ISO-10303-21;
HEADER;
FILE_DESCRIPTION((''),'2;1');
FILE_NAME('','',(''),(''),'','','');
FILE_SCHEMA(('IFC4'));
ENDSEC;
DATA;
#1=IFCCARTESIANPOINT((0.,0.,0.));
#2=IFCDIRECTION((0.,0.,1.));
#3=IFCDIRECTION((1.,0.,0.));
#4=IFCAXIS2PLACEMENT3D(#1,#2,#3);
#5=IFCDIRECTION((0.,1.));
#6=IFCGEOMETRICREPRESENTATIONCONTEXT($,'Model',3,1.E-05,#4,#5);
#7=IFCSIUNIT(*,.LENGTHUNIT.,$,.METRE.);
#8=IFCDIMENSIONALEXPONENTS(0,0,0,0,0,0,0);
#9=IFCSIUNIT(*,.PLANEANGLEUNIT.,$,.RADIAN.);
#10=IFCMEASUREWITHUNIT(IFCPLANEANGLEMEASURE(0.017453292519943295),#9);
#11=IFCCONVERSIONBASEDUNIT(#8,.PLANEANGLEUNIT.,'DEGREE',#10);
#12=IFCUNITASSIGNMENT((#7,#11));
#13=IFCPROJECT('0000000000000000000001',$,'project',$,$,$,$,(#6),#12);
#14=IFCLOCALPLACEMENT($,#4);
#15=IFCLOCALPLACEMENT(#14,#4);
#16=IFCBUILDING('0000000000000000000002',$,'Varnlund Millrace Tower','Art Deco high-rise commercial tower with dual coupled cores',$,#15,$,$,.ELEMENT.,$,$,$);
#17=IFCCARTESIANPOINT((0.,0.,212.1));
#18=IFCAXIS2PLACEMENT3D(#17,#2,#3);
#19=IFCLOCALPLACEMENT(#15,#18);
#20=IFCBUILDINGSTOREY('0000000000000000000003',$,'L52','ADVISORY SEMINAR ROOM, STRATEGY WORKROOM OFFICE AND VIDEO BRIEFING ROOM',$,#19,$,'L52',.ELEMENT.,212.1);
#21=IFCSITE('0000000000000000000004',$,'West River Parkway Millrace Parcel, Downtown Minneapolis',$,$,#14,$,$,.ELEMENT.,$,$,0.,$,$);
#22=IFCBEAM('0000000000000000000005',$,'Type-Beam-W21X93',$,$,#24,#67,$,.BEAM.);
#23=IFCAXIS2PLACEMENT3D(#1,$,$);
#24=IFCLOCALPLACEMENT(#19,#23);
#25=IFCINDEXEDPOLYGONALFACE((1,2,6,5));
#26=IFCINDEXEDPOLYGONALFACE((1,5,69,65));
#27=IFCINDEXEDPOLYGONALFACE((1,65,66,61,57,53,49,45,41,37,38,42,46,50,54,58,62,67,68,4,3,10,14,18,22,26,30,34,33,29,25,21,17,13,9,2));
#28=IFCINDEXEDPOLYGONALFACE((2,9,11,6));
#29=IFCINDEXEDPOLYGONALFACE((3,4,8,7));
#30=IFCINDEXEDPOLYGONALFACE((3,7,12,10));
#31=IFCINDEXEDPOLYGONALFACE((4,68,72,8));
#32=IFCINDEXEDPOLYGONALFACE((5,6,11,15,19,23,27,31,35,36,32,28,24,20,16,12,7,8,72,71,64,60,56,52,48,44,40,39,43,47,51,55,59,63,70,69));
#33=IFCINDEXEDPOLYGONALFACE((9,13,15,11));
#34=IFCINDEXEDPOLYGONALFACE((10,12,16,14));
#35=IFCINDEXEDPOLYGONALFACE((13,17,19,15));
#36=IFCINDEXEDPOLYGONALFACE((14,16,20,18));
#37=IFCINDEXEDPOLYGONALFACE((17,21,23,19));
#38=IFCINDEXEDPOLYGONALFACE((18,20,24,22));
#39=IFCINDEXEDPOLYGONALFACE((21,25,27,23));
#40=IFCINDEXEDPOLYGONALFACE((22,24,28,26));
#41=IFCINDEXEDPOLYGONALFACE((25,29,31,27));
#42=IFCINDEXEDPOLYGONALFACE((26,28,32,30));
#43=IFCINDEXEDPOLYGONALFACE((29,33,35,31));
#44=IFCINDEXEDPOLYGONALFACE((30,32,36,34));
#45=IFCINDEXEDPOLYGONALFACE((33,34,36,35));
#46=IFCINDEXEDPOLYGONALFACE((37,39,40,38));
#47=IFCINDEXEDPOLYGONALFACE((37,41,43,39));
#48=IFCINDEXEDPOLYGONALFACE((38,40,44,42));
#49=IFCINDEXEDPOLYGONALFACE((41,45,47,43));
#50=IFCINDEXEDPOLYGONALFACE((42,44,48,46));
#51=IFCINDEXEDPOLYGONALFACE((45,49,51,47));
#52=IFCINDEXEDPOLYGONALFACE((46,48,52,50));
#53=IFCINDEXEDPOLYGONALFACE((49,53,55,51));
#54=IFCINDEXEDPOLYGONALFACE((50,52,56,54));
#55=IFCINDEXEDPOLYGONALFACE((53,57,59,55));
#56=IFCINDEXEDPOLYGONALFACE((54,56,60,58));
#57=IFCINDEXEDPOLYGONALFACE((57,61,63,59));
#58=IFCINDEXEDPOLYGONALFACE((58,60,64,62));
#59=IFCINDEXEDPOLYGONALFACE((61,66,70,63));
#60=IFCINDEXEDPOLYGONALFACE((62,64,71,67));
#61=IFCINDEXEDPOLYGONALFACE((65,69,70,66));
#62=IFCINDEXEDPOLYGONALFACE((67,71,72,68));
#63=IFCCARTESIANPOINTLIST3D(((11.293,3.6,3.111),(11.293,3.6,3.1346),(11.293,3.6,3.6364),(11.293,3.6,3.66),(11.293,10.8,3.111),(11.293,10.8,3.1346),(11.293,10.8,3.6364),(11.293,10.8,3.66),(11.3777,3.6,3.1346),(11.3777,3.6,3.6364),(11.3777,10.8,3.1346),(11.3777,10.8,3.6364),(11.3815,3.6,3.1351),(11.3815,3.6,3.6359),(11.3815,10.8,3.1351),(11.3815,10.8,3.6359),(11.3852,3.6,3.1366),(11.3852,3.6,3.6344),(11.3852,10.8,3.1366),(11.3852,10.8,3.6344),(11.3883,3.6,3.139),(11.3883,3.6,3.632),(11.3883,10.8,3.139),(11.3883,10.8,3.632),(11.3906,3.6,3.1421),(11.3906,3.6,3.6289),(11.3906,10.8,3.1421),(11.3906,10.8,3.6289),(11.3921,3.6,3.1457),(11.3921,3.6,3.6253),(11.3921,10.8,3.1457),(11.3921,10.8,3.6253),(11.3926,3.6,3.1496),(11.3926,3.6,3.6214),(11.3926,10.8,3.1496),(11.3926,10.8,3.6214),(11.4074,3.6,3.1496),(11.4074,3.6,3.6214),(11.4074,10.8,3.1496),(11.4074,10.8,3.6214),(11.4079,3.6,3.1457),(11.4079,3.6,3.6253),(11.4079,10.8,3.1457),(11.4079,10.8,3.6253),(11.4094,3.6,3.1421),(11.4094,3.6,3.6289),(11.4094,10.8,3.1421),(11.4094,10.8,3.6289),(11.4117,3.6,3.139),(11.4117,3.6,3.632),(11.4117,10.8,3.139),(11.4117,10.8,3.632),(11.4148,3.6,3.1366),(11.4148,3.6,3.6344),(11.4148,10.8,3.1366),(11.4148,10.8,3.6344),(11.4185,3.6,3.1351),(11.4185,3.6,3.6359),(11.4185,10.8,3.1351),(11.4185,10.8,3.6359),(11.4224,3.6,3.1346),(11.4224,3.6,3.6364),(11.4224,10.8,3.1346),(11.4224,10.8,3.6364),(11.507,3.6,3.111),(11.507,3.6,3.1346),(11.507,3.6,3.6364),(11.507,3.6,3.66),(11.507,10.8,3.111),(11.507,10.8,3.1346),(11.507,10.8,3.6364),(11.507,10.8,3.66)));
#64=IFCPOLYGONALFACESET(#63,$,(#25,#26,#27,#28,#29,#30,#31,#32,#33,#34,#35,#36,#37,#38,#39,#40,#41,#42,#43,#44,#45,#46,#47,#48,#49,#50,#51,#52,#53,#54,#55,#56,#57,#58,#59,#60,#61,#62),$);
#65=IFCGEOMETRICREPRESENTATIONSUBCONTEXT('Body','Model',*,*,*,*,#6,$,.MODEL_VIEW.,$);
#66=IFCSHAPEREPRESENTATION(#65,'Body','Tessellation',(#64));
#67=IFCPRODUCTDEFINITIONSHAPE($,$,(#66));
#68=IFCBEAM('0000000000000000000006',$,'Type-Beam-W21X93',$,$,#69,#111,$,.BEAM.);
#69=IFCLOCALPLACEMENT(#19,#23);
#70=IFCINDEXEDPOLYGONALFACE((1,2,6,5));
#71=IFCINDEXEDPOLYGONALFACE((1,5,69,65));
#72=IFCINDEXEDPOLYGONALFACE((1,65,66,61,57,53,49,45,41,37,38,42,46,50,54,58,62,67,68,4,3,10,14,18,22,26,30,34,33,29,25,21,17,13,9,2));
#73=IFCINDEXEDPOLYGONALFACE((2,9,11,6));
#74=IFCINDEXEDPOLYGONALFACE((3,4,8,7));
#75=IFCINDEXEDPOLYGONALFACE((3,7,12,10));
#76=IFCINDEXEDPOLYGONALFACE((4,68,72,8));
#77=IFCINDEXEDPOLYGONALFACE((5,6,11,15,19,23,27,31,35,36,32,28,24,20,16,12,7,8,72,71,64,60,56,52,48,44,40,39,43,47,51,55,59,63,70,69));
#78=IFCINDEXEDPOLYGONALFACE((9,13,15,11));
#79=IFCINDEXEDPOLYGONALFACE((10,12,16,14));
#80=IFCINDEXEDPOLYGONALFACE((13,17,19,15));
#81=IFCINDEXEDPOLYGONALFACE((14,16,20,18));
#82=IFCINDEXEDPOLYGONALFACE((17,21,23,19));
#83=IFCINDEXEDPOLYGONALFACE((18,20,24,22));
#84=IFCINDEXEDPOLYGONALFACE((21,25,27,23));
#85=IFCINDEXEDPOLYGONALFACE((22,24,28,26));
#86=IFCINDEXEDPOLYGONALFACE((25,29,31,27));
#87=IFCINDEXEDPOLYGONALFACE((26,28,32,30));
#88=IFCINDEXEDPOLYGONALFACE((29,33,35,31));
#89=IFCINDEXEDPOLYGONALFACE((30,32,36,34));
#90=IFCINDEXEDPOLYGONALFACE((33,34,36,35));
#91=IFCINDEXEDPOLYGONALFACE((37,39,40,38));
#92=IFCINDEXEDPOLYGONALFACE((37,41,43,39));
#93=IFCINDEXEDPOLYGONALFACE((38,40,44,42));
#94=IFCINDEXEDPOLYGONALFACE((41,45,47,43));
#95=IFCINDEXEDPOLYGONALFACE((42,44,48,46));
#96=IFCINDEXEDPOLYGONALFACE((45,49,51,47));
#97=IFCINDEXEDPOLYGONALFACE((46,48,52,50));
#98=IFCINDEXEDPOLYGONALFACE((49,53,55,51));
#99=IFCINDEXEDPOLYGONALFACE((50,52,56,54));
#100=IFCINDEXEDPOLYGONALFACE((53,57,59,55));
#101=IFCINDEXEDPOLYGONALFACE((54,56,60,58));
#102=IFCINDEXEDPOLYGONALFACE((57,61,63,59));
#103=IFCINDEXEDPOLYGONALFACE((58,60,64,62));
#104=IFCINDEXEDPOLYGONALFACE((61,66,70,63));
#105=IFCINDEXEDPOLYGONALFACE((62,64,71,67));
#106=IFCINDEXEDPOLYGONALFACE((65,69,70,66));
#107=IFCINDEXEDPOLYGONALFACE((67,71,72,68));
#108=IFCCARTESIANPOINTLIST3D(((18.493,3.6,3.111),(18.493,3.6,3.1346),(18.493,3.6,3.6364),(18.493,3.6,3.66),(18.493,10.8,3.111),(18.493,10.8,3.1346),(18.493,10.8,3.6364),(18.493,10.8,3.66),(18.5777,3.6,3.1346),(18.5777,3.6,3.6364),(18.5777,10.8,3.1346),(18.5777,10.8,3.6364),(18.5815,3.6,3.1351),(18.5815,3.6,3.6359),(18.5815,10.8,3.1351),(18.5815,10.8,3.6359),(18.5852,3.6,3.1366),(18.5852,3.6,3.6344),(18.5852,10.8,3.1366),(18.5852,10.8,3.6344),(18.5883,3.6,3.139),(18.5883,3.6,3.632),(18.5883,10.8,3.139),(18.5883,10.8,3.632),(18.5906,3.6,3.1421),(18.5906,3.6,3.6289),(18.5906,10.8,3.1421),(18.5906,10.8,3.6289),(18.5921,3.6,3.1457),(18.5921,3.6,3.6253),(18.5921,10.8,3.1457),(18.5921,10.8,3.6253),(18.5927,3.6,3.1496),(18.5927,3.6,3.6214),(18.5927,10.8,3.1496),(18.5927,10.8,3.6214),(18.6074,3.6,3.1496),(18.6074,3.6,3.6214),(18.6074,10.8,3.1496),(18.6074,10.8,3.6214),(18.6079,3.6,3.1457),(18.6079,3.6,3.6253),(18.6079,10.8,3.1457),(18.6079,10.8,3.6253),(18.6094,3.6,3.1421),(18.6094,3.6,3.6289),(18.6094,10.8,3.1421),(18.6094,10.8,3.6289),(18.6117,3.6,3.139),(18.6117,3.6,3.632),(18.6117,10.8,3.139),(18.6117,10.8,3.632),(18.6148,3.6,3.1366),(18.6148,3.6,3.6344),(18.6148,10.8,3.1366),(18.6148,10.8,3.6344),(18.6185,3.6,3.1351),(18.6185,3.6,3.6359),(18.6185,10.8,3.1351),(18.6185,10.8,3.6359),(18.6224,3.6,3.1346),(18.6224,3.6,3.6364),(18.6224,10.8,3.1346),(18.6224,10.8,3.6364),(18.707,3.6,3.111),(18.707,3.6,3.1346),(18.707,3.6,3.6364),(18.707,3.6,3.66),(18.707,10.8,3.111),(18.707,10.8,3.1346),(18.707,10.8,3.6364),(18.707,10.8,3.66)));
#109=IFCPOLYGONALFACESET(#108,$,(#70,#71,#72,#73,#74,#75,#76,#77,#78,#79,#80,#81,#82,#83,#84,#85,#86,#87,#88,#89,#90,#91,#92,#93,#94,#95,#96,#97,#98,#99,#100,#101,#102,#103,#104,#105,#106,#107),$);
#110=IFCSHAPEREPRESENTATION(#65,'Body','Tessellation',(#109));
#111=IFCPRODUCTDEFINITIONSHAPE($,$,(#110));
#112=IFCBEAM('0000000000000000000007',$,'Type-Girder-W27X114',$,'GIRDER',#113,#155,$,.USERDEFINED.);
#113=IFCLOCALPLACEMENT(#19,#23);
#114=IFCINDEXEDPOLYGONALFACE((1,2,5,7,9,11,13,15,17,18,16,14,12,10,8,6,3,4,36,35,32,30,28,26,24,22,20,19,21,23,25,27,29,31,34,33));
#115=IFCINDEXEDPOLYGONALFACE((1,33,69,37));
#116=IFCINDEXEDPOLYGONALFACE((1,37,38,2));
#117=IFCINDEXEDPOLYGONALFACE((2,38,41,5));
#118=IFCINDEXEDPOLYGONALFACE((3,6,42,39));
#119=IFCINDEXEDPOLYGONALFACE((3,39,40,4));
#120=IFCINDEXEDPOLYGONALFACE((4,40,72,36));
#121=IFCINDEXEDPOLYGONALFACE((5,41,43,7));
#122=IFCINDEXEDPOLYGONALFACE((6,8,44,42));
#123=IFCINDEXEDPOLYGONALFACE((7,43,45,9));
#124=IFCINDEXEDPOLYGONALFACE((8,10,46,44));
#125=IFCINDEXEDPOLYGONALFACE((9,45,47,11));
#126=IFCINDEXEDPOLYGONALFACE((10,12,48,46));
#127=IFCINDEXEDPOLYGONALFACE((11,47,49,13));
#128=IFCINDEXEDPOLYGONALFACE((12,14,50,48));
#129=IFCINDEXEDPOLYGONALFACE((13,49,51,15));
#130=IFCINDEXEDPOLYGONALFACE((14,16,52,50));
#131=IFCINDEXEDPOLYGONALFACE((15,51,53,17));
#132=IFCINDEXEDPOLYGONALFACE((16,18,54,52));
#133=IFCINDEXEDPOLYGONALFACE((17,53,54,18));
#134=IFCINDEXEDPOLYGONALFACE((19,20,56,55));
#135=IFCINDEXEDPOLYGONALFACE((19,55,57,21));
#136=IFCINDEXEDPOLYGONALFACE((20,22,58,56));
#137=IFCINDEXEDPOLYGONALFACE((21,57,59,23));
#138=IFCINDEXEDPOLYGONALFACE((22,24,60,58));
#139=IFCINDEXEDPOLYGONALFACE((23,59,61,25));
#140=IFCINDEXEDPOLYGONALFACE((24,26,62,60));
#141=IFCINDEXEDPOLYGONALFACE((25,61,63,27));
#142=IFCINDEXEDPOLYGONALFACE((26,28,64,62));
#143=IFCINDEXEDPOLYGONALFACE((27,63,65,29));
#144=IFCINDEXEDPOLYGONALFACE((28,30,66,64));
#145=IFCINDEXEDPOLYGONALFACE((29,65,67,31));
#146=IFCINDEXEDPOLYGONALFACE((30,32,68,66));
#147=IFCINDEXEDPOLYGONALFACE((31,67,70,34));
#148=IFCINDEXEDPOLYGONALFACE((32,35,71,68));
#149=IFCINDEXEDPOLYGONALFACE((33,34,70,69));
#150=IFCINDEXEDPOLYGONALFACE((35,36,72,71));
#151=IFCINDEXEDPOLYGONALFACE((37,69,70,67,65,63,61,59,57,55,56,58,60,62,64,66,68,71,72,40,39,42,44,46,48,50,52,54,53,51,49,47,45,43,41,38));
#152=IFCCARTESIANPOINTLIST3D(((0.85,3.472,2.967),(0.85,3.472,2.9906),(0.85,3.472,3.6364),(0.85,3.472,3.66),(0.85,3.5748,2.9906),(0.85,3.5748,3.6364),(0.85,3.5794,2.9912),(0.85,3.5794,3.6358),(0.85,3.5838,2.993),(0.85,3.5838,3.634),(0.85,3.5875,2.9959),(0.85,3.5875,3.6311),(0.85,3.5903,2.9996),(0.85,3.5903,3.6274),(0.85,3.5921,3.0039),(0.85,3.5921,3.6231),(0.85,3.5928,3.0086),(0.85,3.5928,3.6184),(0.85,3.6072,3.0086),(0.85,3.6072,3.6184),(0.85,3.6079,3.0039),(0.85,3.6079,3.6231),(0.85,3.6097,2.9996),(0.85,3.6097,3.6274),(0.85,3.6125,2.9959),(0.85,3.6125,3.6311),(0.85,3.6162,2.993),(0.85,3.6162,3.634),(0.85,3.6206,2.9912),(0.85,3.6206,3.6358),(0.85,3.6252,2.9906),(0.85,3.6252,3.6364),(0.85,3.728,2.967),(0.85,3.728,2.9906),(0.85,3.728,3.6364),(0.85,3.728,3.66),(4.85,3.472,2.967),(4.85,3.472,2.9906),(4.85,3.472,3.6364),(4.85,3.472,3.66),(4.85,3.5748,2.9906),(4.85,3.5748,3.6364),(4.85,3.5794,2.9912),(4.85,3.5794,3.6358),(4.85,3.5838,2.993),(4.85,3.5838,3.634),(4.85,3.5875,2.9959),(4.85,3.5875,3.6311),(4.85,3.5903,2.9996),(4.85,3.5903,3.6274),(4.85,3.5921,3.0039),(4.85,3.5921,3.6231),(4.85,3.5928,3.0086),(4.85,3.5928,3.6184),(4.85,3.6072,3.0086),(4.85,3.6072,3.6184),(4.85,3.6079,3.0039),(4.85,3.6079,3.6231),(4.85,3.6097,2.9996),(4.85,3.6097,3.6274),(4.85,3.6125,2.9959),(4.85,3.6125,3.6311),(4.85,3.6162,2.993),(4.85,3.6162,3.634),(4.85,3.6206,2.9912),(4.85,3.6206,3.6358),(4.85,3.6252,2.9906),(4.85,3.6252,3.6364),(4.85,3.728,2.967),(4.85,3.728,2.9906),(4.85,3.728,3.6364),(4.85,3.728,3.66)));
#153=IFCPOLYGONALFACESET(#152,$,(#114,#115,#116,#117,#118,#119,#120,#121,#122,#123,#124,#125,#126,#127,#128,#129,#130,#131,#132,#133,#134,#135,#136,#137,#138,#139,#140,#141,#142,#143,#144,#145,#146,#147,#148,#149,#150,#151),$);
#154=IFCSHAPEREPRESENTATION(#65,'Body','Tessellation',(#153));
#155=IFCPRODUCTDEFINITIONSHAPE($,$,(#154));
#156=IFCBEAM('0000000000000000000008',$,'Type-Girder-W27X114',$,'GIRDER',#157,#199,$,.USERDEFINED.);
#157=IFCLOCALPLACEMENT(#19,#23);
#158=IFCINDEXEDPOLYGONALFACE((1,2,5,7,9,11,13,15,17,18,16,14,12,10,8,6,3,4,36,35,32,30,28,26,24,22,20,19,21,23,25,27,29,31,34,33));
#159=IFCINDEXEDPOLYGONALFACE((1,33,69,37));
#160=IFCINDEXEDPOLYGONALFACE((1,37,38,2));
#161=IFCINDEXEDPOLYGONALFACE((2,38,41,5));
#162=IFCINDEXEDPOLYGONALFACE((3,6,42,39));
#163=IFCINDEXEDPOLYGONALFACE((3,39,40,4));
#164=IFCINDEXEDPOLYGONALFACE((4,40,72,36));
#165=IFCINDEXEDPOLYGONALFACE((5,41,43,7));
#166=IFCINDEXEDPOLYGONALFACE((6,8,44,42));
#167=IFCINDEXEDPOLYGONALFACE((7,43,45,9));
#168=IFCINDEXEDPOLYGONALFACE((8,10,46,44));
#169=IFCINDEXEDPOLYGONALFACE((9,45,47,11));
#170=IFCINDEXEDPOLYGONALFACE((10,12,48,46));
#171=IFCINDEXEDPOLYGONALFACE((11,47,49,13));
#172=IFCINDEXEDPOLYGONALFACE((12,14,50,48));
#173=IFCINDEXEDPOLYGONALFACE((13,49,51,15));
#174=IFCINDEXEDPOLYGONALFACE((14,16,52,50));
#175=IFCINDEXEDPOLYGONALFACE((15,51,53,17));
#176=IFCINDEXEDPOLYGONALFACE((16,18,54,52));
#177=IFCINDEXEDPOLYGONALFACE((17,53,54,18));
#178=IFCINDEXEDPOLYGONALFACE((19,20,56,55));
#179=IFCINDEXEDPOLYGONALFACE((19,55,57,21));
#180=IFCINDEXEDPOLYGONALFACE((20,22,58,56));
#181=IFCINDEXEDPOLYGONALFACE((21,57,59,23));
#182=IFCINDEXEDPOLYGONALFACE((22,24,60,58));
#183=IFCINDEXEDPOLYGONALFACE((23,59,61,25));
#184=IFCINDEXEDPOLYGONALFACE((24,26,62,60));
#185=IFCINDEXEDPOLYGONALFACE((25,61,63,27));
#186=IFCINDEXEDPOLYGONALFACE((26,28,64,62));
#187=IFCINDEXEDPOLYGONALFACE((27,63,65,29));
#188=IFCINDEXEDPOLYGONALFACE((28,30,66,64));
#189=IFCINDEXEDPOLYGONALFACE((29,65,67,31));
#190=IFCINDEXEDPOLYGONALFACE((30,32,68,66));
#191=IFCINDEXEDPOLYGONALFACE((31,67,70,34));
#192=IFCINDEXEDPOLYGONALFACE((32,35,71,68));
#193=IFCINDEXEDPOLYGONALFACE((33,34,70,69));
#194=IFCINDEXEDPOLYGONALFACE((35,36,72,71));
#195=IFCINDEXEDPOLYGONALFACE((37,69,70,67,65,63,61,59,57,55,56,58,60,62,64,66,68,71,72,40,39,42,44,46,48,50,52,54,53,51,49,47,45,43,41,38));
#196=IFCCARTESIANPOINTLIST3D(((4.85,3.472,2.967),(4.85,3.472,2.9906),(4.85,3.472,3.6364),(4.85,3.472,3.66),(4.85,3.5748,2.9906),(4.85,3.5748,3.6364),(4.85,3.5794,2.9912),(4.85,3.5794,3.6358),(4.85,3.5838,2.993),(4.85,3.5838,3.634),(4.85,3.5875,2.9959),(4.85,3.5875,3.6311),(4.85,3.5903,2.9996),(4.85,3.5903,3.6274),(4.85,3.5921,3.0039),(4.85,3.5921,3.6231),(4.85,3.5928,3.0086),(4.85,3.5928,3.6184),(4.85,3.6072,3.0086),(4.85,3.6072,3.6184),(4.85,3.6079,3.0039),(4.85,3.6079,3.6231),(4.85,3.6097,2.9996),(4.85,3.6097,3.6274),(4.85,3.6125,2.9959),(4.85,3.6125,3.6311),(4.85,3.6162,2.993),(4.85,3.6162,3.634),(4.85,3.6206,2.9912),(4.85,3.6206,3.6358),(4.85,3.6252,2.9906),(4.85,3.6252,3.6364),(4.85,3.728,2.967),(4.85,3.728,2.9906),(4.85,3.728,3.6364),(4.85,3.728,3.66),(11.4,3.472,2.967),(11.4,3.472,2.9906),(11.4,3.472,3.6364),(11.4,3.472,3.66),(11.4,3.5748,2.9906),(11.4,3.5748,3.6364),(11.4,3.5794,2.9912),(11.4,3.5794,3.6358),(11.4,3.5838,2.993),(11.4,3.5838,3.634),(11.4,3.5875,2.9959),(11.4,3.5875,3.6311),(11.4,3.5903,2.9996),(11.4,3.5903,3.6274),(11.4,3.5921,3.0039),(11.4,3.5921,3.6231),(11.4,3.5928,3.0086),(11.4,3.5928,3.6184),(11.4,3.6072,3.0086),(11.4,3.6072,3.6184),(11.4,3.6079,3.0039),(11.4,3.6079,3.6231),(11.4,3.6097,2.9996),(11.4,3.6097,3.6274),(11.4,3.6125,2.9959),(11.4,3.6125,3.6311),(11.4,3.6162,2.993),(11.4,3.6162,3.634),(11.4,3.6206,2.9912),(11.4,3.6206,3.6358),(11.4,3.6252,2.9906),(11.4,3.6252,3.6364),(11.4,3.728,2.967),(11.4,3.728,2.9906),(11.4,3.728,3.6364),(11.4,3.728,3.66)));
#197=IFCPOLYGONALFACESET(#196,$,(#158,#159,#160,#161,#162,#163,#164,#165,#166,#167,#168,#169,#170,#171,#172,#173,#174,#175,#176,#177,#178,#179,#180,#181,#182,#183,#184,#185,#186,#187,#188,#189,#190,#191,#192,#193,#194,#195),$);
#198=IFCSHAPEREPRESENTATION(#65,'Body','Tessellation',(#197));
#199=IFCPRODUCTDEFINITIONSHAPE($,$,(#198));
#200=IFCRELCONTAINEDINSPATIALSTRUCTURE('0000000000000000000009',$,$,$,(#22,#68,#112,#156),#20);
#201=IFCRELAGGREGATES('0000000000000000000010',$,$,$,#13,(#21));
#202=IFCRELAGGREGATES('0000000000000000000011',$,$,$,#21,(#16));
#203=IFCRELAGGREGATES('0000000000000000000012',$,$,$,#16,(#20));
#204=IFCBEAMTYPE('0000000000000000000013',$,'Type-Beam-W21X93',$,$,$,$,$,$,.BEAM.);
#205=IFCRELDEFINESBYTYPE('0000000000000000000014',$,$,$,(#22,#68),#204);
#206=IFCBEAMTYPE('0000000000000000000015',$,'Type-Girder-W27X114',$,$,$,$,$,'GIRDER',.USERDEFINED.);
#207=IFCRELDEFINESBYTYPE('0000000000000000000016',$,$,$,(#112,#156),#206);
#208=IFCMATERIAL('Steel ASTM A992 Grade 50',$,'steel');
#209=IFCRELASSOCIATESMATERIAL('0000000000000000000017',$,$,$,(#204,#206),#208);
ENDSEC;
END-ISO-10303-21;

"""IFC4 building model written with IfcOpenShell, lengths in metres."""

from ifc_helpers import new_model, entity, si_unit, converted_unit, direction, frame, origin_with_axes, origin_2d_with_axis, place, context, subcontext, project, spatial, i_section, extrude, material, material_profile, profile_set, type_object, element, save


model = new_model("IFC4")

# Units and contexts
model_context = context("Model", 3, precision=1e-05, world=origin_with_axes(), true_north=direction((0.0, 1.0)))
body_context = subcontext(model_context, "Body", "Model", "MODEL_VIEW")
ifc_project = project(units=[si_unit("LENGTHUNIT", "METRE"), converted_unit("PLANEANGLEUNIT", "DEGREE", entity("IfcPlaneAngleMeasure", 0.017453292519943295), si_unit("PLANEANGLEUNIT", "RADIAN"), dimensions=[0, 0, 0, 0, 0, 0, 0])], contexts=[model_context])

# Site, building, storey
site_placement = place(None, origin_with_axes())
site = spatial("IfcSite", under=ifc_project, at=site_placement, Name="West River Parkway Millrace Parcel, Downtown Minneapolis", CompositionType="ELEMENT", RefElevation=0.0)
building_placement = place(site_placement, origin_with_axes())
building = spatial("IfcBuilding", under=site, at=building_placement, Name="Varnlund Millrace Tower", Description="Art Deco high-rise commercial tower with dual coupled cores", CompositionType="ELEMENT")
storey_placement = place(building_placement, frame((0.0, 0.0, 212.1), z_axis=(0.0, 0.0, 1.0), x_axis=(1.0, 0.0, 0.0)))
storey = spatial("IfcBuildingStorey", under=building, at=storey_placement, Name="L52", Description="ADVISORY SEMINAR ROOM, STRATEGY WORKROOM OFFICE AND VIDEO BRIEFING ROOM", LongName="L52", CompositionType="ELEMENT", Elevation=212.1)

# Beams
ifc_material_1 = material(Name="Steel ASTM A992 Grade 50", Category="steel")
ifc_material_profile_1 = material_profile(ifc_material_1, i_section(OverallWidth=0.214, OverallDepth=0.549, WebThickness=0.0147, FlangeThickness=0.0236, FilletRadius=0.015, at=origin_2d_with_axis()), Name="Steel ASTM A992 Grade 50")
ifc_profile_set_1 = profile_set([ifc_material_profile_1], Name="Steel ASTM A992 Grade 50")
beam_type_1 = type_object("IfcBeamType", Name="Type-Beam-W21X93", PredefinedType="BEAM", material=ifc_profile_set_1)
for number, where, z_axis, x_axis, name in (
    (1, (11.4, 3.6, 3.3855), (0.0, 1.0, 0.0), (-1.0, 0.0, 0.0), "Type-Beam-W21X93"),
    (2, (18.6, 3.6, 3.3855), (0.0, 1.0, 0.0), (-1.0, 0.0, 0.0), "Type-Beam-W21X93"),
):
    element("IfcBeam", number, at=place(storey_placement, frame(where, z_axis=z_axis, x_axis=x_axis)), inside=storey, type_object=beam_type_1, Name=name, PredefinedType="BEAM", context=body_context, shape_type="SweptSolid", body=[
        extrude(i_section(OverallWidth=0.214, OverallDepth=0.549, WebThickness=0.0147, FlangeThickness=0.0236, FilletRadius=0.015, at=origin_2d_with_axis()), origin_with_axes(), (0.0, 0.0, 1.0), 7.2),
    ])
ifc_material_profile_2 = material_profile(ifc_material_1, i_section(OverallWidth=0.256, OverallDepth=0.693, WebThickness=0.0145, FlangeThickness=0.0236, FilletRadius=0.018, at=origin_2d_with_axis()), Name="Steel ASTM A992 Grade 50")
ifc_profile_set_2 = profile_set([ifc_material_profile_2], Name="Steel ASTM A992 Grade 50")
beam_type_2 = type_object("IfcBeamType", Name="Type-Girder-W27X114", ElementType="GIRDER", PredefinedType="USERDEFINED", material=ifc_profile_set_2)
beam_1_placement = place(storey_placement, frame((0.85, 3.6, 3.3135), z_axis=(1.0, 0.0, 0.0), x_axis=(0.0, 1.0, 0.0)))
element("IfcBeam", 3, at=beam_1_placement, inside=storey, type_object=beam_type_2, Name="Type-Girder-W27X114", ObjectType="GIRDER", PredefinedType="USERDEFINED", context=body_context, shape_type="SweptSolid", body=[
    extrude(i_section(OverallWidth=0.256, OverallDepth=0.693, WebThickness=0.0145, FlangeThickness=0.0236, FilletRadius=0.018, at=origin_2d_with_axis()), origin_with_axes(), (0.0, 0.0, 1.0), 4.0),
])
beam_2_placement = place(storey_placement, frame((4.85, 3.6, 3.3135), z_axis=(1.0, 0.0, 0.0), x_axis=(0.0, 1.0, 0.0)))
element("IfcBeam", 4, at=beam_2_placement, inside=storey, type_object=beam_type_2, Name="Type-Girder-W27X114", ObjectType="GIRDER", PredefinedType="USERDEFINED", context=body_context, shape_type="SweptSolid", body=[
    extrude(i_section(OverallWidth=0.256, OverallDepth=0.693, WebThickness=0.0145, FlangeThickness=0.0236, FilletRadius=0.018, at=origin_2d_with_axis()), origin_with_axes(), (0.0, 0.0, 1.0), 6.55),
])

save(model, "model.ifc")
